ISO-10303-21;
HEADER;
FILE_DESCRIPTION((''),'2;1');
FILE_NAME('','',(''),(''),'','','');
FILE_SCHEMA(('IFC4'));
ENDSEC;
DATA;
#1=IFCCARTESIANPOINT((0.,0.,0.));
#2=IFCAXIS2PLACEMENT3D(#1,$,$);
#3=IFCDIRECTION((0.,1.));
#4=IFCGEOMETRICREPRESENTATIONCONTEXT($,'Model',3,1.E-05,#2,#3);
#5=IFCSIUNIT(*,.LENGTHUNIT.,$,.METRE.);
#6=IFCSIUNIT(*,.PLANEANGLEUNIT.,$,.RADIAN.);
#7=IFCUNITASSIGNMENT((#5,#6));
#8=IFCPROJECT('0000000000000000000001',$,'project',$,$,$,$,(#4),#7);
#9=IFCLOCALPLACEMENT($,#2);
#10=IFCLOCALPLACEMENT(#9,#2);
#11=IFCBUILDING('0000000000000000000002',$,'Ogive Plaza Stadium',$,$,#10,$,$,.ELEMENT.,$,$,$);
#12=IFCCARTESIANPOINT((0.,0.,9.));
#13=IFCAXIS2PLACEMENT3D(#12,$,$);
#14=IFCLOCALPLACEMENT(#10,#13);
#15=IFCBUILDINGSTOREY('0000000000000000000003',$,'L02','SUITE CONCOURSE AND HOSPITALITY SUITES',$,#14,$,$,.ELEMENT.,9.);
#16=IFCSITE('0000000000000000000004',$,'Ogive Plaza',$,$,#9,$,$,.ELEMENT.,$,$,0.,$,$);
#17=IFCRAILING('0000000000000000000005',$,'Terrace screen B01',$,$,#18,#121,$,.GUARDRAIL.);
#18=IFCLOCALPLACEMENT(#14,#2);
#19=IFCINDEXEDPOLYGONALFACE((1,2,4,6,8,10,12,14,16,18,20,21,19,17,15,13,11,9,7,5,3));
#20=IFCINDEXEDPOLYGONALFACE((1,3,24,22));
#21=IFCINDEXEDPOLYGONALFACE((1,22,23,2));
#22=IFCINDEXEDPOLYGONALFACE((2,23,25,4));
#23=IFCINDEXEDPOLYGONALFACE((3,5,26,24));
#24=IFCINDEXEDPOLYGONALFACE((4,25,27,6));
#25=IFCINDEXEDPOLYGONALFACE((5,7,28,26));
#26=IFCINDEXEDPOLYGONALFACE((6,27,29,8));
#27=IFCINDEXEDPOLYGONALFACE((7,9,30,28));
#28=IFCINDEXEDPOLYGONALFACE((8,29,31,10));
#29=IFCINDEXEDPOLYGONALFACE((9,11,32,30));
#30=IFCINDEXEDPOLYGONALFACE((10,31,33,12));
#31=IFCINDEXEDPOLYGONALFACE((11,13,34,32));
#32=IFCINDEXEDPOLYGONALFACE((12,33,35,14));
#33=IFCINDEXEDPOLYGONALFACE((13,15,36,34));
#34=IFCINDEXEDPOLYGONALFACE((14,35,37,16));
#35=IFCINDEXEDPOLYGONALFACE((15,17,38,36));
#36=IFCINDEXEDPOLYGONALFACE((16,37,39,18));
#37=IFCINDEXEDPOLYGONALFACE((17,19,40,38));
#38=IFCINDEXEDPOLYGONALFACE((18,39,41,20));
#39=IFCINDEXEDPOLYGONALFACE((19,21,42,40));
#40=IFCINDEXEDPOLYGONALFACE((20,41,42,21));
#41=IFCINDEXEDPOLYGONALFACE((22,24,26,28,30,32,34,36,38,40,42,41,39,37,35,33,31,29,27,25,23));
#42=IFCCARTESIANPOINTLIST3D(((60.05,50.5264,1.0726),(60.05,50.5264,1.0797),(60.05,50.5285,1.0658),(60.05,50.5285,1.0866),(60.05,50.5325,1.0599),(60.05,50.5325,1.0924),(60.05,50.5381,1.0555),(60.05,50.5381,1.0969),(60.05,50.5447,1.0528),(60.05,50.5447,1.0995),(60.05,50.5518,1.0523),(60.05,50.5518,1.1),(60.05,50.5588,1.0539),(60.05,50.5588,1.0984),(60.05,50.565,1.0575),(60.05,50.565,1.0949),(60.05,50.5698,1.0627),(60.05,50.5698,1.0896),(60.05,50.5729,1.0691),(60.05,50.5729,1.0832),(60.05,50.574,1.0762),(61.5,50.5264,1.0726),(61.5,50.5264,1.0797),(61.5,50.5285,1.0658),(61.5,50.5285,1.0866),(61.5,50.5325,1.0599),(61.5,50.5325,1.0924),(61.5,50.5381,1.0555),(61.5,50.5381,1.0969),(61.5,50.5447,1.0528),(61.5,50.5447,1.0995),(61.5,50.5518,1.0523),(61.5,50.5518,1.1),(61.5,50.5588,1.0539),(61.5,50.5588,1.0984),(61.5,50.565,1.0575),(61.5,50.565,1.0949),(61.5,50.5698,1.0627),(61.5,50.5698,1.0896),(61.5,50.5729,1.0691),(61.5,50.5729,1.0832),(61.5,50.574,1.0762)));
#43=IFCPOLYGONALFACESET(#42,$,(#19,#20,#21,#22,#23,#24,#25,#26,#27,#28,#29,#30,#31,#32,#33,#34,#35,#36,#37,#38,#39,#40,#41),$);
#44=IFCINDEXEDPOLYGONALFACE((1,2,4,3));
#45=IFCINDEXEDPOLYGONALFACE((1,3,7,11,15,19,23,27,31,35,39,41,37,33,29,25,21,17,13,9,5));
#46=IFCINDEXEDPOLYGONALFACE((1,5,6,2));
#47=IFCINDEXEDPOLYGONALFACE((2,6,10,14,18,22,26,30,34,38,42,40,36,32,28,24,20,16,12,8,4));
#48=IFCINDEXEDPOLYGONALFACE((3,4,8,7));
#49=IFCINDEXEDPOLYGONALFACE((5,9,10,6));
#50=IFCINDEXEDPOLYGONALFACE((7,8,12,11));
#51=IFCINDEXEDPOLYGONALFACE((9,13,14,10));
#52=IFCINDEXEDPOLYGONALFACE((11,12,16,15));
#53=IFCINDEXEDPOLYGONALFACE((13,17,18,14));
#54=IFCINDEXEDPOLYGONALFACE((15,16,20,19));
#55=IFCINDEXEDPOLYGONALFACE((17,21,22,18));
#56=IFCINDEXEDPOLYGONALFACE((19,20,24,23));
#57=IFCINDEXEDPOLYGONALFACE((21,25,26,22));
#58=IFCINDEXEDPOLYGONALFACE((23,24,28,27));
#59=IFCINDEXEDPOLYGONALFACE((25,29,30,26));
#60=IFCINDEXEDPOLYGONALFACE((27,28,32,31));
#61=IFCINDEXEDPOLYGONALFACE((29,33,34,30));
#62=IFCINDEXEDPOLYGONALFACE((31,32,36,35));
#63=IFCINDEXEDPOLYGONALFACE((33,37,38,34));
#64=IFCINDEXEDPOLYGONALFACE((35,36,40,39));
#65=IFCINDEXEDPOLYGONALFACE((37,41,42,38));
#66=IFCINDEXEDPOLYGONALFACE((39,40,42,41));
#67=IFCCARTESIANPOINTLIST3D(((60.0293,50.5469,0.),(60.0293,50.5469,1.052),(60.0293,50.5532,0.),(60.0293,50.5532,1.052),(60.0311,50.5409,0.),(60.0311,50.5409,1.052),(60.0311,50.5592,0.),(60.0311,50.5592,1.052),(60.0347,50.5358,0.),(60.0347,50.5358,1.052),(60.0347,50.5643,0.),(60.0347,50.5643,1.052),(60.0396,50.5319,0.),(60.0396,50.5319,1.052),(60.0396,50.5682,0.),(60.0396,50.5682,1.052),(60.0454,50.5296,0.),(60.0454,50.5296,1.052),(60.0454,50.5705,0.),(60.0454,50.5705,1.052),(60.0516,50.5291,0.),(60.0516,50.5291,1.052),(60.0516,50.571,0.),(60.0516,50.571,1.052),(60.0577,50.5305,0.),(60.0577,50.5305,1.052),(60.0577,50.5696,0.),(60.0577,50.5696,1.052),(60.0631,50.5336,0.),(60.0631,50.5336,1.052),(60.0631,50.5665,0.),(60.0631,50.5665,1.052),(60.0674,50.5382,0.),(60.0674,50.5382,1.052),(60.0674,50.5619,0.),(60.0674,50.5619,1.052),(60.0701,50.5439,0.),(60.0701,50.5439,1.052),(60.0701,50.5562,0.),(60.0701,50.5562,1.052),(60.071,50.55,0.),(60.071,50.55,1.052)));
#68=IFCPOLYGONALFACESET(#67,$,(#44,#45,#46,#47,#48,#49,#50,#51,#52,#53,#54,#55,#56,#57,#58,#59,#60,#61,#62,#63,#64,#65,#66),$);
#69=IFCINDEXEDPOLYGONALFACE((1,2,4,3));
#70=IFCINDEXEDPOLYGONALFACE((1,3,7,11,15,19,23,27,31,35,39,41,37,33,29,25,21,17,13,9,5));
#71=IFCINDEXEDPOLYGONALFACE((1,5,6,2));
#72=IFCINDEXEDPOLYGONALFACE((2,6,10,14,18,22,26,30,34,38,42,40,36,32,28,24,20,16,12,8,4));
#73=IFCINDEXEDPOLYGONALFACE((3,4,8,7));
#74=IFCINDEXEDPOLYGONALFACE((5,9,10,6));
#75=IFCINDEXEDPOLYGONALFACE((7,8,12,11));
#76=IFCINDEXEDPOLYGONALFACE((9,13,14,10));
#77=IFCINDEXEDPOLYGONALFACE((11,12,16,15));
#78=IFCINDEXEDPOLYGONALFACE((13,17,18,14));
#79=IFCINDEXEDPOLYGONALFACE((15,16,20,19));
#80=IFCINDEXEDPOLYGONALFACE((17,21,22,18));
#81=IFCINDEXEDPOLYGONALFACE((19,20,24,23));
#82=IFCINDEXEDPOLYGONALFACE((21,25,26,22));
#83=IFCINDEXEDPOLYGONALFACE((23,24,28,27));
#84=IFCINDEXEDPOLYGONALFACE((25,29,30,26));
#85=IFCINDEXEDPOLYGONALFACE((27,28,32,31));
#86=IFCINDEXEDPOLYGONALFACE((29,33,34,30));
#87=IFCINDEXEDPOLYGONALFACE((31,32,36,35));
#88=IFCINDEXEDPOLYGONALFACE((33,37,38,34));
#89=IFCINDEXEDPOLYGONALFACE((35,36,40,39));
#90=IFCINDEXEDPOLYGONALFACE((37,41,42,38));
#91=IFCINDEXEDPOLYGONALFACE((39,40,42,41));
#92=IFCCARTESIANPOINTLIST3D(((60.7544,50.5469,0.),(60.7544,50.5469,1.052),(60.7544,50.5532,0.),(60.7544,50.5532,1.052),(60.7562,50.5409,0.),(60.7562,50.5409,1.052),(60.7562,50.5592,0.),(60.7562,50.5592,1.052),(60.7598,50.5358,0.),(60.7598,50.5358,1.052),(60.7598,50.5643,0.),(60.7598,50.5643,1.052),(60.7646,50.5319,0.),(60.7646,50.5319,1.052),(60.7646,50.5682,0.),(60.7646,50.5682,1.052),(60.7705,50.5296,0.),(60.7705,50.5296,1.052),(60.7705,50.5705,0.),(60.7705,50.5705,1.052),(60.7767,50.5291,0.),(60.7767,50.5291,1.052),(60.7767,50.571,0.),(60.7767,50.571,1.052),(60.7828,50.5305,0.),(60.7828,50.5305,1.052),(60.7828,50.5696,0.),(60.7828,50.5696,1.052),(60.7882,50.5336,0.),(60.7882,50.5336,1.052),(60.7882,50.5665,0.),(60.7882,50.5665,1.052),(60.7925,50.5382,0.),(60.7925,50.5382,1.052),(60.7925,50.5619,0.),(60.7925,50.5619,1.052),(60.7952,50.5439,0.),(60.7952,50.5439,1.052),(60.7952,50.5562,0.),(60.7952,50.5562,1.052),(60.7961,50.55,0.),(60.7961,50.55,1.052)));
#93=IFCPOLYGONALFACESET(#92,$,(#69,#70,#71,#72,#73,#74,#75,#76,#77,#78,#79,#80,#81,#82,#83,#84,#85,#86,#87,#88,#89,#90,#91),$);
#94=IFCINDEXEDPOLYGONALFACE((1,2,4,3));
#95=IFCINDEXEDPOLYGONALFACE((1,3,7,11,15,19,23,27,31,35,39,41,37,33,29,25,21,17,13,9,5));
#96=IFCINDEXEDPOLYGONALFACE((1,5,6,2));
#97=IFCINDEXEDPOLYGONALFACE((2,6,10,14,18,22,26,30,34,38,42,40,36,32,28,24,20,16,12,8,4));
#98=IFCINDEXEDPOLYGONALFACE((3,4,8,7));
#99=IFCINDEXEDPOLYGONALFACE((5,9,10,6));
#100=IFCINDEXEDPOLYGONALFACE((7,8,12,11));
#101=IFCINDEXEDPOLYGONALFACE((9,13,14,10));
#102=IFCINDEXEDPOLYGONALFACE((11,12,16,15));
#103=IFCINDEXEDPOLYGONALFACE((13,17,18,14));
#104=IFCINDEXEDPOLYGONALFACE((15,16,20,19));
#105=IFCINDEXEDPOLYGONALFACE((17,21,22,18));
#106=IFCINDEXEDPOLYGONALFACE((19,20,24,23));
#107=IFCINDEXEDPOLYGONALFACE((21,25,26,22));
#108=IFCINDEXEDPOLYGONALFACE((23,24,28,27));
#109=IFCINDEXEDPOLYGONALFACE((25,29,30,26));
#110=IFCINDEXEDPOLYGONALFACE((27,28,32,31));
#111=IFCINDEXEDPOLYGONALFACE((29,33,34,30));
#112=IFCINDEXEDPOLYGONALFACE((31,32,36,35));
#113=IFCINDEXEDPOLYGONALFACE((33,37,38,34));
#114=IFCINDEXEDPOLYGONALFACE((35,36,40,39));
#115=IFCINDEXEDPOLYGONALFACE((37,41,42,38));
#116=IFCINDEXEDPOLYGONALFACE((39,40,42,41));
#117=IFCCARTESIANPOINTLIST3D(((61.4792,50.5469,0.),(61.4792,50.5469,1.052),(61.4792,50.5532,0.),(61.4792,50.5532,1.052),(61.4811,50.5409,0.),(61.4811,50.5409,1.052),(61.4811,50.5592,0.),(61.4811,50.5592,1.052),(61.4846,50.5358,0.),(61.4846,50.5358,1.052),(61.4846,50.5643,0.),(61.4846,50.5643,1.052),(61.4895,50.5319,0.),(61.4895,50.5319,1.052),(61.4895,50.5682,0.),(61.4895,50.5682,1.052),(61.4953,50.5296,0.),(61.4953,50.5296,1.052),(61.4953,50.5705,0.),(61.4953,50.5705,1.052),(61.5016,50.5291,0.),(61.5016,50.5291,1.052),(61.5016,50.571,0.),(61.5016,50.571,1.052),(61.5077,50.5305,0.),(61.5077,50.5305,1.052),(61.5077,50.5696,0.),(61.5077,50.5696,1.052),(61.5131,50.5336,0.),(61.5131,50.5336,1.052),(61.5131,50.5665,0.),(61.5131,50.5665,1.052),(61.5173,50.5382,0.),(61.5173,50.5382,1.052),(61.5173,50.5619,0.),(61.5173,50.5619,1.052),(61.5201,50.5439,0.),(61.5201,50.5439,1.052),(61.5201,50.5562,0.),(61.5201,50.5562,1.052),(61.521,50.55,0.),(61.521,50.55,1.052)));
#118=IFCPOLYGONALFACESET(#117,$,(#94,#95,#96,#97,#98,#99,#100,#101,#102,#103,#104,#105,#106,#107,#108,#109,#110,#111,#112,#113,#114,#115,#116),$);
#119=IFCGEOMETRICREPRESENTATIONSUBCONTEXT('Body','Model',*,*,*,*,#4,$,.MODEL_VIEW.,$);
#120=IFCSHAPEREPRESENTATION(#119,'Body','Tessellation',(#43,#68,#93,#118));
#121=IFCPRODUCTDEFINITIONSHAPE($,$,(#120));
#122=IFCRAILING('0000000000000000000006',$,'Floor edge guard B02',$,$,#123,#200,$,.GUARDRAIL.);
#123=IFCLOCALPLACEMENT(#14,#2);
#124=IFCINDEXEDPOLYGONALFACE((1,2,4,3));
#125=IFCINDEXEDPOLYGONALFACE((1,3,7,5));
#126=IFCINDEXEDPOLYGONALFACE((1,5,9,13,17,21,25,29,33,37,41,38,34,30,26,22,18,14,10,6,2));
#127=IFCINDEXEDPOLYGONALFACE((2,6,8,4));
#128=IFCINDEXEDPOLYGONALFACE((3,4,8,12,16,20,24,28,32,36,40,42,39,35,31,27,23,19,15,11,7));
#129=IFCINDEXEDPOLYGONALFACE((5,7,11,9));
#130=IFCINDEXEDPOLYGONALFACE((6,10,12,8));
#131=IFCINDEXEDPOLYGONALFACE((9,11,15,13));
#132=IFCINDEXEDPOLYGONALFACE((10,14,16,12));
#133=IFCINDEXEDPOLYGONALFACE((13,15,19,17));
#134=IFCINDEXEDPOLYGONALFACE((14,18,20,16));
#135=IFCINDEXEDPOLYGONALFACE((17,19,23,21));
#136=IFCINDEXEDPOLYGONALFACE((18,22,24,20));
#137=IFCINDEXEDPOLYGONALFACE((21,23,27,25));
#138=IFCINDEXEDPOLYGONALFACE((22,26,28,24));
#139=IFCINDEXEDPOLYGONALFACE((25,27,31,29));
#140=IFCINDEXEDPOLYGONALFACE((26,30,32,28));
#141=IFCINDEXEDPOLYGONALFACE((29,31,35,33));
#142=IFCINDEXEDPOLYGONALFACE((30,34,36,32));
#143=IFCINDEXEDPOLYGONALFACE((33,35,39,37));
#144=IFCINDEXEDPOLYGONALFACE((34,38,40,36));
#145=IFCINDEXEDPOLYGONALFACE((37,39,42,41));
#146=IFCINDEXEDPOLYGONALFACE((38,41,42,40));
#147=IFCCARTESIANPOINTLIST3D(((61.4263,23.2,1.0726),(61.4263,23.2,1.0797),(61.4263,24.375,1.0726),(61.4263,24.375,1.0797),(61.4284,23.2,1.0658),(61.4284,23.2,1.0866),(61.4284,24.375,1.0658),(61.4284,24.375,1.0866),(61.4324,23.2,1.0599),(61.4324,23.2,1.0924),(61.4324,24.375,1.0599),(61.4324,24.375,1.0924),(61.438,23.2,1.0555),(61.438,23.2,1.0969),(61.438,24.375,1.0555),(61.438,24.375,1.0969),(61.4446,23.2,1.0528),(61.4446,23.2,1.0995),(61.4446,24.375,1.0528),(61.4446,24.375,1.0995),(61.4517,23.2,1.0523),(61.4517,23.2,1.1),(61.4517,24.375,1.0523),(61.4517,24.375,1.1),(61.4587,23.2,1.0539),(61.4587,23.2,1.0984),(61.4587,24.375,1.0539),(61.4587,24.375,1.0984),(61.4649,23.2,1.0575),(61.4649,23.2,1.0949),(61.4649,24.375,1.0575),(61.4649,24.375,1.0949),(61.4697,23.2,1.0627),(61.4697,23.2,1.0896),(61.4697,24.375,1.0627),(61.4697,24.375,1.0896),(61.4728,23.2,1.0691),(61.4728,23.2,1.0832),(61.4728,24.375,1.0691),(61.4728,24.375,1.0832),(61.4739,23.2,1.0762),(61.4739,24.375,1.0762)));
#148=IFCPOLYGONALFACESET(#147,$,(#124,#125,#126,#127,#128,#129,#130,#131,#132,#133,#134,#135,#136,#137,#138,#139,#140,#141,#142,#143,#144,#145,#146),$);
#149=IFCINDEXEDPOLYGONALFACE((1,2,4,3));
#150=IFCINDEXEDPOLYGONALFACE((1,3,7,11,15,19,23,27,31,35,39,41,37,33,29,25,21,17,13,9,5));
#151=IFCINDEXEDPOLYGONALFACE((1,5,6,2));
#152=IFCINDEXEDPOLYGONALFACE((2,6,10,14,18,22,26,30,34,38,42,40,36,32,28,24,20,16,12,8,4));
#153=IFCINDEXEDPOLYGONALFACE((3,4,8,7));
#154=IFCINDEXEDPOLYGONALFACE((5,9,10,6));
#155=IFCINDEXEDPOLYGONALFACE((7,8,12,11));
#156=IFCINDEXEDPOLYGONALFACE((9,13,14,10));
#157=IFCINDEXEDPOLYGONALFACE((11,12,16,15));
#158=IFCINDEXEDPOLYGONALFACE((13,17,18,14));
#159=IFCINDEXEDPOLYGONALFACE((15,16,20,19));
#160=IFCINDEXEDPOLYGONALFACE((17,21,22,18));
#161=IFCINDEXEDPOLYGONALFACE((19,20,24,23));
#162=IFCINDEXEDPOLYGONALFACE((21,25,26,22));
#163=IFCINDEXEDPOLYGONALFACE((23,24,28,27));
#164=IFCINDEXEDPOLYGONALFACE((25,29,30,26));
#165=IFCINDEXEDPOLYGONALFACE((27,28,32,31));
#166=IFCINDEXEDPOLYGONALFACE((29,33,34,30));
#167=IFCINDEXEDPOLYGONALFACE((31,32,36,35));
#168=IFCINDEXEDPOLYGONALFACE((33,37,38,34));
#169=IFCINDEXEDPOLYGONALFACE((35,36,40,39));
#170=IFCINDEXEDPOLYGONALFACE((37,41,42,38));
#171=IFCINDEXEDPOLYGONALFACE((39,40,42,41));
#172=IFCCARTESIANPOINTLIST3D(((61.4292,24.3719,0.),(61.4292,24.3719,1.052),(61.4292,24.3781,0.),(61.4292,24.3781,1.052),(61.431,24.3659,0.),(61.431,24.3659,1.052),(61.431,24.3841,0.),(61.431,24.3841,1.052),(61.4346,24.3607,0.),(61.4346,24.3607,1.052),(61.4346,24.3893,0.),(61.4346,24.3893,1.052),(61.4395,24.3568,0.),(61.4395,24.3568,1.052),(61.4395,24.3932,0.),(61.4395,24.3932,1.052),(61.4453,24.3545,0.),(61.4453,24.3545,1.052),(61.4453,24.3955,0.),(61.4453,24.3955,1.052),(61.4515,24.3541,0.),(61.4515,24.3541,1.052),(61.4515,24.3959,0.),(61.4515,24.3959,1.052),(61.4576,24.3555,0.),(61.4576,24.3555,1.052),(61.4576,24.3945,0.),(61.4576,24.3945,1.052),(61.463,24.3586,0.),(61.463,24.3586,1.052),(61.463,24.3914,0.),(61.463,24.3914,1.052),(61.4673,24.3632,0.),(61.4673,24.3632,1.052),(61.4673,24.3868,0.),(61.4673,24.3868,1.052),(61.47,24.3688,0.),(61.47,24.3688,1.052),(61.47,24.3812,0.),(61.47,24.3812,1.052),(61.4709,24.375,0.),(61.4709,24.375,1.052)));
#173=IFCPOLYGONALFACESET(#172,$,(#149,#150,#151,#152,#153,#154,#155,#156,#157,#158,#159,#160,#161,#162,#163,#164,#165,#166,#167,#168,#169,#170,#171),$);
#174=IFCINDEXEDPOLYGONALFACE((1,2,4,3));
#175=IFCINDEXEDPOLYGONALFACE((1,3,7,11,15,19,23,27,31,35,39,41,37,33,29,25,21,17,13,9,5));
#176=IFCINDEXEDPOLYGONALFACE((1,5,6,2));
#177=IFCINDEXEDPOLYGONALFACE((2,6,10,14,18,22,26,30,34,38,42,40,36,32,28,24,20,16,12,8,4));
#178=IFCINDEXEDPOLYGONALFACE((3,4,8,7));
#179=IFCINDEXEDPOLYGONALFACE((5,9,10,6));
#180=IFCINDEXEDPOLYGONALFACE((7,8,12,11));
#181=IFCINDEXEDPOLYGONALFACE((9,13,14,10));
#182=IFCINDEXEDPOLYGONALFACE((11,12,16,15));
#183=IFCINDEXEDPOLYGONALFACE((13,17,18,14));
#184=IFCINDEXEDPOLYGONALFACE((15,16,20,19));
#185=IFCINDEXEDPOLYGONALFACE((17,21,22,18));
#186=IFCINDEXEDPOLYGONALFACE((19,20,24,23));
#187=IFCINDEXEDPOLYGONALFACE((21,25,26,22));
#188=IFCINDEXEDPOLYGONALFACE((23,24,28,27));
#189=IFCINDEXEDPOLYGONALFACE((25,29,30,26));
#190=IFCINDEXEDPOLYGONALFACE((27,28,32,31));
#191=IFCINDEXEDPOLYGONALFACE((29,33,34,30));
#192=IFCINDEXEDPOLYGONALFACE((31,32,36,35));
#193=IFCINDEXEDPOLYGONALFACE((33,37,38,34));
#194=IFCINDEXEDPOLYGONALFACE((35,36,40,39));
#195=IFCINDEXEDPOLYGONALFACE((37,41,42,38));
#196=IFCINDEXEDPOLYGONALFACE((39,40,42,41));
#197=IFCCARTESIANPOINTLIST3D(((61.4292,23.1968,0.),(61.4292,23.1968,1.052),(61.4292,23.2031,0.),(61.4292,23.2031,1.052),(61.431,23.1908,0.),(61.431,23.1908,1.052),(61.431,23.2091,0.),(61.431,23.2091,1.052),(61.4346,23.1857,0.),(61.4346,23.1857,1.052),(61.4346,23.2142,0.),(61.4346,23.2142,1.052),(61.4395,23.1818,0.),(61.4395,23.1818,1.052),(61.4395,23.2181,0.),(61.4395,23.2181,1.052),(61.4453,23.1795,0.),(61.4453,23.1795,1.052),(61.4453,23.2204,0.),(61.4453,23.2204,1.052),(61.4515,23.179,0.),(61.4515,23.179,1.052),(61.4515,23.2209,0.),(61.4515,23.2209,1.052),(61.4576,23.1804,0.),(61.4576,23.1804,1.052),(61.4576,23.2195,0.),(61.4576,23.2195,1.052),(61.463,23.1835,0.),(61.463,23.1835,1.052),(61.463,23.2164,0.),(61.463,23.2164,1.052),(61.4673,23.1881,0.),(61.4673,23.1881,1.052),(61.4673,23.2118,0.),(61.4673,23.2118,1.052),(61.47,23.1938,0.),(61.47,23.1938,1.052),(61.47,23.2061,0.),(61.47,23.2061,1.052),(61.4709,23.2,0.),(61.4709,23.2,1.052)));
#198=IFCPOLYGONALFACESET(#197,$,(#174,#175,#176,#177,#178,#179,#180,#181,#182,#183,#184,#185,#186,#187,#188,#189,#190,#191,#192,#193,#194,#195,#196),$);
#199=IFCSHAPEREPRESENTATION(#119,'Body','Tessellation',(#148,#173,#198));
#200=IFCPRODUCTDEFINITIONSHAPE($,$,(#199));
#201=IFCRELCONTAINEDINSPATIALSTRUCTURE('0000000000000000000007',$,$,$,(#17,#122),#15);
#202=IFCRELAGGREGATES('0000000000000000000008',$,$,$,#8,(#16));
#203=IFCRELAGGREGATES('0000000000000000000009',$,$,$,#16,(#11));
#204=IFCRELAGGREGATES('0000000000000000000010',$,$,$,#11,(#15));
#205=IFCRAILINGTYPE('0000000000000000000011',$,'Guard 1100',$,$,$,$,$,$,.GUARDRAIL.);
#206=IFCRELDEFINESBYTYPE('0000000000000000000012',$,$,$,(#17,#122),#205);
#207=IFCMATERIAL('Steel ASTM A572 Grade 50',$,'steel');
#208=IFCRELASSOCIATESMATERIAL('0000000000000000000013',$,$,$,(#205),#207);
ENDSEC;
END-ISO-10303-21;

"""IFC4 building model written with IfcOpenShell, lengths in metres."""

from ifc_helpers import new_model, si_unit, direction, frame, origin, origin_2d, place, context, subcontext, project, spatial, circle, extrude, material, type_object, element, save


model = new_model("IFC4")

# Units and contexts
model_context = context("Model", 3, precision=1e-05, world=origin(), true_north=direction((0.0, 1.0)))
body_context = subcontext(model_context, "Body", "Model", "MODEL_VIEW")
ifc_project = project(units=[si_unit("LENGTHUNIT", "METRE"), si_unit("PLANEANGLEUNIT", "RADIAN")], contexts=[model_context])

# Site, building, storey
site_placement = place(None, origin())
site = spatial("IfcSite", under=ifc_project, at=site_placement, Name="Ogive Plaza", CompositionType="ELEMENT", RefElevation=0.0)
building_placement = place(site_placement, origin())
building = spatial("IfcBuilding", under=site, at=building_placement, Name="Ogive Plaza Stadium", CompositionType="ELEMENT")
storey_placement = place(building_placement, frame((0.0, 0.0, 9.0)))
storey = spatial("IfcBuildingStorey", under=building, at=storey_placement, Name="L02", Description="SUITE CONCOURSE AND HOSPITALITY SUITES", CompositionType="ELEMENT", Elevation=9.0)

# Railings
ifc_material_1 = material(Name="Steel ASTM A572 Grade 50", Category="steel")
railing_type = type_object("IfcRailingType", Name="Guard 1100", PredefinedType="GUARDRAIL", material=ifc_material_1)
for number, where, name in (
    (1, (60.05, 50.55, 0.0), "Terrace screen B01"),
):
    element("IfcRailing", number, at=place(storey_placement, frame(where)), inside=storey, type_object=railing_type, Name=name, PredefinedType="GUARDRAIL", context=body_context, shape_type="SweptSolid", body=[
        extrude(circle(Radius=0.0239, at=origin_2d()), frame((0.0, 0.0, 1.0762), z_axis=(1.0, 0.0, 0.0), x_axis=(0.0, 1.0, 0.0)), (0.0, 0.0, 1.0), 1.45),
        extrude(circle(Radius=0.021, at=origin_2d()), origin(), (0.0, 0.0, 1.0), 1.052),
        extrude(circle(Radius=0.021, at=origin_2d()), frame((0.7251, 0.0, 0.0)), (0.0, 0.0, 1.0), 1.052),
        extrude(circle(Radius=0.021, at=origin_2d()), frame((1.45, 0.0, 0.0)), (0.0, 0.0, 1.0), 1.052),
    ])
railing_1_placement = place(storey_placement, frame((61.45, 24.375, 0.0)))
element("IfcRailing", 2, at=railing_1_placement, inside=storey, type_object=railing_type, Name="Floor edge guard B02", PredefinedType="GUARDRAIL", context=body_context, shape_type="SweptSolid", body=[
    extrude(circle(Radius=0.0239, at=origin_2d()), frame((0.0, 0.0, 1.0762), z_axis=(0.0, -1.0, 0.0), x_axis=(1.0, 0.0, 0.0)), (0.0, 0.0, 1.0), 1.175),
    extrude(circle(Radius=0.021, at=origin_2d()), origin(), (0.0, 0.0, 1.0), 1.052),
    extrude(circle(Radius=0.021, at=origin_2d()), frame((0.0, -1.175, 0.0)), (0.0, 0.0, 1.0), 1.052),
])

save(model, "model.ifc")
